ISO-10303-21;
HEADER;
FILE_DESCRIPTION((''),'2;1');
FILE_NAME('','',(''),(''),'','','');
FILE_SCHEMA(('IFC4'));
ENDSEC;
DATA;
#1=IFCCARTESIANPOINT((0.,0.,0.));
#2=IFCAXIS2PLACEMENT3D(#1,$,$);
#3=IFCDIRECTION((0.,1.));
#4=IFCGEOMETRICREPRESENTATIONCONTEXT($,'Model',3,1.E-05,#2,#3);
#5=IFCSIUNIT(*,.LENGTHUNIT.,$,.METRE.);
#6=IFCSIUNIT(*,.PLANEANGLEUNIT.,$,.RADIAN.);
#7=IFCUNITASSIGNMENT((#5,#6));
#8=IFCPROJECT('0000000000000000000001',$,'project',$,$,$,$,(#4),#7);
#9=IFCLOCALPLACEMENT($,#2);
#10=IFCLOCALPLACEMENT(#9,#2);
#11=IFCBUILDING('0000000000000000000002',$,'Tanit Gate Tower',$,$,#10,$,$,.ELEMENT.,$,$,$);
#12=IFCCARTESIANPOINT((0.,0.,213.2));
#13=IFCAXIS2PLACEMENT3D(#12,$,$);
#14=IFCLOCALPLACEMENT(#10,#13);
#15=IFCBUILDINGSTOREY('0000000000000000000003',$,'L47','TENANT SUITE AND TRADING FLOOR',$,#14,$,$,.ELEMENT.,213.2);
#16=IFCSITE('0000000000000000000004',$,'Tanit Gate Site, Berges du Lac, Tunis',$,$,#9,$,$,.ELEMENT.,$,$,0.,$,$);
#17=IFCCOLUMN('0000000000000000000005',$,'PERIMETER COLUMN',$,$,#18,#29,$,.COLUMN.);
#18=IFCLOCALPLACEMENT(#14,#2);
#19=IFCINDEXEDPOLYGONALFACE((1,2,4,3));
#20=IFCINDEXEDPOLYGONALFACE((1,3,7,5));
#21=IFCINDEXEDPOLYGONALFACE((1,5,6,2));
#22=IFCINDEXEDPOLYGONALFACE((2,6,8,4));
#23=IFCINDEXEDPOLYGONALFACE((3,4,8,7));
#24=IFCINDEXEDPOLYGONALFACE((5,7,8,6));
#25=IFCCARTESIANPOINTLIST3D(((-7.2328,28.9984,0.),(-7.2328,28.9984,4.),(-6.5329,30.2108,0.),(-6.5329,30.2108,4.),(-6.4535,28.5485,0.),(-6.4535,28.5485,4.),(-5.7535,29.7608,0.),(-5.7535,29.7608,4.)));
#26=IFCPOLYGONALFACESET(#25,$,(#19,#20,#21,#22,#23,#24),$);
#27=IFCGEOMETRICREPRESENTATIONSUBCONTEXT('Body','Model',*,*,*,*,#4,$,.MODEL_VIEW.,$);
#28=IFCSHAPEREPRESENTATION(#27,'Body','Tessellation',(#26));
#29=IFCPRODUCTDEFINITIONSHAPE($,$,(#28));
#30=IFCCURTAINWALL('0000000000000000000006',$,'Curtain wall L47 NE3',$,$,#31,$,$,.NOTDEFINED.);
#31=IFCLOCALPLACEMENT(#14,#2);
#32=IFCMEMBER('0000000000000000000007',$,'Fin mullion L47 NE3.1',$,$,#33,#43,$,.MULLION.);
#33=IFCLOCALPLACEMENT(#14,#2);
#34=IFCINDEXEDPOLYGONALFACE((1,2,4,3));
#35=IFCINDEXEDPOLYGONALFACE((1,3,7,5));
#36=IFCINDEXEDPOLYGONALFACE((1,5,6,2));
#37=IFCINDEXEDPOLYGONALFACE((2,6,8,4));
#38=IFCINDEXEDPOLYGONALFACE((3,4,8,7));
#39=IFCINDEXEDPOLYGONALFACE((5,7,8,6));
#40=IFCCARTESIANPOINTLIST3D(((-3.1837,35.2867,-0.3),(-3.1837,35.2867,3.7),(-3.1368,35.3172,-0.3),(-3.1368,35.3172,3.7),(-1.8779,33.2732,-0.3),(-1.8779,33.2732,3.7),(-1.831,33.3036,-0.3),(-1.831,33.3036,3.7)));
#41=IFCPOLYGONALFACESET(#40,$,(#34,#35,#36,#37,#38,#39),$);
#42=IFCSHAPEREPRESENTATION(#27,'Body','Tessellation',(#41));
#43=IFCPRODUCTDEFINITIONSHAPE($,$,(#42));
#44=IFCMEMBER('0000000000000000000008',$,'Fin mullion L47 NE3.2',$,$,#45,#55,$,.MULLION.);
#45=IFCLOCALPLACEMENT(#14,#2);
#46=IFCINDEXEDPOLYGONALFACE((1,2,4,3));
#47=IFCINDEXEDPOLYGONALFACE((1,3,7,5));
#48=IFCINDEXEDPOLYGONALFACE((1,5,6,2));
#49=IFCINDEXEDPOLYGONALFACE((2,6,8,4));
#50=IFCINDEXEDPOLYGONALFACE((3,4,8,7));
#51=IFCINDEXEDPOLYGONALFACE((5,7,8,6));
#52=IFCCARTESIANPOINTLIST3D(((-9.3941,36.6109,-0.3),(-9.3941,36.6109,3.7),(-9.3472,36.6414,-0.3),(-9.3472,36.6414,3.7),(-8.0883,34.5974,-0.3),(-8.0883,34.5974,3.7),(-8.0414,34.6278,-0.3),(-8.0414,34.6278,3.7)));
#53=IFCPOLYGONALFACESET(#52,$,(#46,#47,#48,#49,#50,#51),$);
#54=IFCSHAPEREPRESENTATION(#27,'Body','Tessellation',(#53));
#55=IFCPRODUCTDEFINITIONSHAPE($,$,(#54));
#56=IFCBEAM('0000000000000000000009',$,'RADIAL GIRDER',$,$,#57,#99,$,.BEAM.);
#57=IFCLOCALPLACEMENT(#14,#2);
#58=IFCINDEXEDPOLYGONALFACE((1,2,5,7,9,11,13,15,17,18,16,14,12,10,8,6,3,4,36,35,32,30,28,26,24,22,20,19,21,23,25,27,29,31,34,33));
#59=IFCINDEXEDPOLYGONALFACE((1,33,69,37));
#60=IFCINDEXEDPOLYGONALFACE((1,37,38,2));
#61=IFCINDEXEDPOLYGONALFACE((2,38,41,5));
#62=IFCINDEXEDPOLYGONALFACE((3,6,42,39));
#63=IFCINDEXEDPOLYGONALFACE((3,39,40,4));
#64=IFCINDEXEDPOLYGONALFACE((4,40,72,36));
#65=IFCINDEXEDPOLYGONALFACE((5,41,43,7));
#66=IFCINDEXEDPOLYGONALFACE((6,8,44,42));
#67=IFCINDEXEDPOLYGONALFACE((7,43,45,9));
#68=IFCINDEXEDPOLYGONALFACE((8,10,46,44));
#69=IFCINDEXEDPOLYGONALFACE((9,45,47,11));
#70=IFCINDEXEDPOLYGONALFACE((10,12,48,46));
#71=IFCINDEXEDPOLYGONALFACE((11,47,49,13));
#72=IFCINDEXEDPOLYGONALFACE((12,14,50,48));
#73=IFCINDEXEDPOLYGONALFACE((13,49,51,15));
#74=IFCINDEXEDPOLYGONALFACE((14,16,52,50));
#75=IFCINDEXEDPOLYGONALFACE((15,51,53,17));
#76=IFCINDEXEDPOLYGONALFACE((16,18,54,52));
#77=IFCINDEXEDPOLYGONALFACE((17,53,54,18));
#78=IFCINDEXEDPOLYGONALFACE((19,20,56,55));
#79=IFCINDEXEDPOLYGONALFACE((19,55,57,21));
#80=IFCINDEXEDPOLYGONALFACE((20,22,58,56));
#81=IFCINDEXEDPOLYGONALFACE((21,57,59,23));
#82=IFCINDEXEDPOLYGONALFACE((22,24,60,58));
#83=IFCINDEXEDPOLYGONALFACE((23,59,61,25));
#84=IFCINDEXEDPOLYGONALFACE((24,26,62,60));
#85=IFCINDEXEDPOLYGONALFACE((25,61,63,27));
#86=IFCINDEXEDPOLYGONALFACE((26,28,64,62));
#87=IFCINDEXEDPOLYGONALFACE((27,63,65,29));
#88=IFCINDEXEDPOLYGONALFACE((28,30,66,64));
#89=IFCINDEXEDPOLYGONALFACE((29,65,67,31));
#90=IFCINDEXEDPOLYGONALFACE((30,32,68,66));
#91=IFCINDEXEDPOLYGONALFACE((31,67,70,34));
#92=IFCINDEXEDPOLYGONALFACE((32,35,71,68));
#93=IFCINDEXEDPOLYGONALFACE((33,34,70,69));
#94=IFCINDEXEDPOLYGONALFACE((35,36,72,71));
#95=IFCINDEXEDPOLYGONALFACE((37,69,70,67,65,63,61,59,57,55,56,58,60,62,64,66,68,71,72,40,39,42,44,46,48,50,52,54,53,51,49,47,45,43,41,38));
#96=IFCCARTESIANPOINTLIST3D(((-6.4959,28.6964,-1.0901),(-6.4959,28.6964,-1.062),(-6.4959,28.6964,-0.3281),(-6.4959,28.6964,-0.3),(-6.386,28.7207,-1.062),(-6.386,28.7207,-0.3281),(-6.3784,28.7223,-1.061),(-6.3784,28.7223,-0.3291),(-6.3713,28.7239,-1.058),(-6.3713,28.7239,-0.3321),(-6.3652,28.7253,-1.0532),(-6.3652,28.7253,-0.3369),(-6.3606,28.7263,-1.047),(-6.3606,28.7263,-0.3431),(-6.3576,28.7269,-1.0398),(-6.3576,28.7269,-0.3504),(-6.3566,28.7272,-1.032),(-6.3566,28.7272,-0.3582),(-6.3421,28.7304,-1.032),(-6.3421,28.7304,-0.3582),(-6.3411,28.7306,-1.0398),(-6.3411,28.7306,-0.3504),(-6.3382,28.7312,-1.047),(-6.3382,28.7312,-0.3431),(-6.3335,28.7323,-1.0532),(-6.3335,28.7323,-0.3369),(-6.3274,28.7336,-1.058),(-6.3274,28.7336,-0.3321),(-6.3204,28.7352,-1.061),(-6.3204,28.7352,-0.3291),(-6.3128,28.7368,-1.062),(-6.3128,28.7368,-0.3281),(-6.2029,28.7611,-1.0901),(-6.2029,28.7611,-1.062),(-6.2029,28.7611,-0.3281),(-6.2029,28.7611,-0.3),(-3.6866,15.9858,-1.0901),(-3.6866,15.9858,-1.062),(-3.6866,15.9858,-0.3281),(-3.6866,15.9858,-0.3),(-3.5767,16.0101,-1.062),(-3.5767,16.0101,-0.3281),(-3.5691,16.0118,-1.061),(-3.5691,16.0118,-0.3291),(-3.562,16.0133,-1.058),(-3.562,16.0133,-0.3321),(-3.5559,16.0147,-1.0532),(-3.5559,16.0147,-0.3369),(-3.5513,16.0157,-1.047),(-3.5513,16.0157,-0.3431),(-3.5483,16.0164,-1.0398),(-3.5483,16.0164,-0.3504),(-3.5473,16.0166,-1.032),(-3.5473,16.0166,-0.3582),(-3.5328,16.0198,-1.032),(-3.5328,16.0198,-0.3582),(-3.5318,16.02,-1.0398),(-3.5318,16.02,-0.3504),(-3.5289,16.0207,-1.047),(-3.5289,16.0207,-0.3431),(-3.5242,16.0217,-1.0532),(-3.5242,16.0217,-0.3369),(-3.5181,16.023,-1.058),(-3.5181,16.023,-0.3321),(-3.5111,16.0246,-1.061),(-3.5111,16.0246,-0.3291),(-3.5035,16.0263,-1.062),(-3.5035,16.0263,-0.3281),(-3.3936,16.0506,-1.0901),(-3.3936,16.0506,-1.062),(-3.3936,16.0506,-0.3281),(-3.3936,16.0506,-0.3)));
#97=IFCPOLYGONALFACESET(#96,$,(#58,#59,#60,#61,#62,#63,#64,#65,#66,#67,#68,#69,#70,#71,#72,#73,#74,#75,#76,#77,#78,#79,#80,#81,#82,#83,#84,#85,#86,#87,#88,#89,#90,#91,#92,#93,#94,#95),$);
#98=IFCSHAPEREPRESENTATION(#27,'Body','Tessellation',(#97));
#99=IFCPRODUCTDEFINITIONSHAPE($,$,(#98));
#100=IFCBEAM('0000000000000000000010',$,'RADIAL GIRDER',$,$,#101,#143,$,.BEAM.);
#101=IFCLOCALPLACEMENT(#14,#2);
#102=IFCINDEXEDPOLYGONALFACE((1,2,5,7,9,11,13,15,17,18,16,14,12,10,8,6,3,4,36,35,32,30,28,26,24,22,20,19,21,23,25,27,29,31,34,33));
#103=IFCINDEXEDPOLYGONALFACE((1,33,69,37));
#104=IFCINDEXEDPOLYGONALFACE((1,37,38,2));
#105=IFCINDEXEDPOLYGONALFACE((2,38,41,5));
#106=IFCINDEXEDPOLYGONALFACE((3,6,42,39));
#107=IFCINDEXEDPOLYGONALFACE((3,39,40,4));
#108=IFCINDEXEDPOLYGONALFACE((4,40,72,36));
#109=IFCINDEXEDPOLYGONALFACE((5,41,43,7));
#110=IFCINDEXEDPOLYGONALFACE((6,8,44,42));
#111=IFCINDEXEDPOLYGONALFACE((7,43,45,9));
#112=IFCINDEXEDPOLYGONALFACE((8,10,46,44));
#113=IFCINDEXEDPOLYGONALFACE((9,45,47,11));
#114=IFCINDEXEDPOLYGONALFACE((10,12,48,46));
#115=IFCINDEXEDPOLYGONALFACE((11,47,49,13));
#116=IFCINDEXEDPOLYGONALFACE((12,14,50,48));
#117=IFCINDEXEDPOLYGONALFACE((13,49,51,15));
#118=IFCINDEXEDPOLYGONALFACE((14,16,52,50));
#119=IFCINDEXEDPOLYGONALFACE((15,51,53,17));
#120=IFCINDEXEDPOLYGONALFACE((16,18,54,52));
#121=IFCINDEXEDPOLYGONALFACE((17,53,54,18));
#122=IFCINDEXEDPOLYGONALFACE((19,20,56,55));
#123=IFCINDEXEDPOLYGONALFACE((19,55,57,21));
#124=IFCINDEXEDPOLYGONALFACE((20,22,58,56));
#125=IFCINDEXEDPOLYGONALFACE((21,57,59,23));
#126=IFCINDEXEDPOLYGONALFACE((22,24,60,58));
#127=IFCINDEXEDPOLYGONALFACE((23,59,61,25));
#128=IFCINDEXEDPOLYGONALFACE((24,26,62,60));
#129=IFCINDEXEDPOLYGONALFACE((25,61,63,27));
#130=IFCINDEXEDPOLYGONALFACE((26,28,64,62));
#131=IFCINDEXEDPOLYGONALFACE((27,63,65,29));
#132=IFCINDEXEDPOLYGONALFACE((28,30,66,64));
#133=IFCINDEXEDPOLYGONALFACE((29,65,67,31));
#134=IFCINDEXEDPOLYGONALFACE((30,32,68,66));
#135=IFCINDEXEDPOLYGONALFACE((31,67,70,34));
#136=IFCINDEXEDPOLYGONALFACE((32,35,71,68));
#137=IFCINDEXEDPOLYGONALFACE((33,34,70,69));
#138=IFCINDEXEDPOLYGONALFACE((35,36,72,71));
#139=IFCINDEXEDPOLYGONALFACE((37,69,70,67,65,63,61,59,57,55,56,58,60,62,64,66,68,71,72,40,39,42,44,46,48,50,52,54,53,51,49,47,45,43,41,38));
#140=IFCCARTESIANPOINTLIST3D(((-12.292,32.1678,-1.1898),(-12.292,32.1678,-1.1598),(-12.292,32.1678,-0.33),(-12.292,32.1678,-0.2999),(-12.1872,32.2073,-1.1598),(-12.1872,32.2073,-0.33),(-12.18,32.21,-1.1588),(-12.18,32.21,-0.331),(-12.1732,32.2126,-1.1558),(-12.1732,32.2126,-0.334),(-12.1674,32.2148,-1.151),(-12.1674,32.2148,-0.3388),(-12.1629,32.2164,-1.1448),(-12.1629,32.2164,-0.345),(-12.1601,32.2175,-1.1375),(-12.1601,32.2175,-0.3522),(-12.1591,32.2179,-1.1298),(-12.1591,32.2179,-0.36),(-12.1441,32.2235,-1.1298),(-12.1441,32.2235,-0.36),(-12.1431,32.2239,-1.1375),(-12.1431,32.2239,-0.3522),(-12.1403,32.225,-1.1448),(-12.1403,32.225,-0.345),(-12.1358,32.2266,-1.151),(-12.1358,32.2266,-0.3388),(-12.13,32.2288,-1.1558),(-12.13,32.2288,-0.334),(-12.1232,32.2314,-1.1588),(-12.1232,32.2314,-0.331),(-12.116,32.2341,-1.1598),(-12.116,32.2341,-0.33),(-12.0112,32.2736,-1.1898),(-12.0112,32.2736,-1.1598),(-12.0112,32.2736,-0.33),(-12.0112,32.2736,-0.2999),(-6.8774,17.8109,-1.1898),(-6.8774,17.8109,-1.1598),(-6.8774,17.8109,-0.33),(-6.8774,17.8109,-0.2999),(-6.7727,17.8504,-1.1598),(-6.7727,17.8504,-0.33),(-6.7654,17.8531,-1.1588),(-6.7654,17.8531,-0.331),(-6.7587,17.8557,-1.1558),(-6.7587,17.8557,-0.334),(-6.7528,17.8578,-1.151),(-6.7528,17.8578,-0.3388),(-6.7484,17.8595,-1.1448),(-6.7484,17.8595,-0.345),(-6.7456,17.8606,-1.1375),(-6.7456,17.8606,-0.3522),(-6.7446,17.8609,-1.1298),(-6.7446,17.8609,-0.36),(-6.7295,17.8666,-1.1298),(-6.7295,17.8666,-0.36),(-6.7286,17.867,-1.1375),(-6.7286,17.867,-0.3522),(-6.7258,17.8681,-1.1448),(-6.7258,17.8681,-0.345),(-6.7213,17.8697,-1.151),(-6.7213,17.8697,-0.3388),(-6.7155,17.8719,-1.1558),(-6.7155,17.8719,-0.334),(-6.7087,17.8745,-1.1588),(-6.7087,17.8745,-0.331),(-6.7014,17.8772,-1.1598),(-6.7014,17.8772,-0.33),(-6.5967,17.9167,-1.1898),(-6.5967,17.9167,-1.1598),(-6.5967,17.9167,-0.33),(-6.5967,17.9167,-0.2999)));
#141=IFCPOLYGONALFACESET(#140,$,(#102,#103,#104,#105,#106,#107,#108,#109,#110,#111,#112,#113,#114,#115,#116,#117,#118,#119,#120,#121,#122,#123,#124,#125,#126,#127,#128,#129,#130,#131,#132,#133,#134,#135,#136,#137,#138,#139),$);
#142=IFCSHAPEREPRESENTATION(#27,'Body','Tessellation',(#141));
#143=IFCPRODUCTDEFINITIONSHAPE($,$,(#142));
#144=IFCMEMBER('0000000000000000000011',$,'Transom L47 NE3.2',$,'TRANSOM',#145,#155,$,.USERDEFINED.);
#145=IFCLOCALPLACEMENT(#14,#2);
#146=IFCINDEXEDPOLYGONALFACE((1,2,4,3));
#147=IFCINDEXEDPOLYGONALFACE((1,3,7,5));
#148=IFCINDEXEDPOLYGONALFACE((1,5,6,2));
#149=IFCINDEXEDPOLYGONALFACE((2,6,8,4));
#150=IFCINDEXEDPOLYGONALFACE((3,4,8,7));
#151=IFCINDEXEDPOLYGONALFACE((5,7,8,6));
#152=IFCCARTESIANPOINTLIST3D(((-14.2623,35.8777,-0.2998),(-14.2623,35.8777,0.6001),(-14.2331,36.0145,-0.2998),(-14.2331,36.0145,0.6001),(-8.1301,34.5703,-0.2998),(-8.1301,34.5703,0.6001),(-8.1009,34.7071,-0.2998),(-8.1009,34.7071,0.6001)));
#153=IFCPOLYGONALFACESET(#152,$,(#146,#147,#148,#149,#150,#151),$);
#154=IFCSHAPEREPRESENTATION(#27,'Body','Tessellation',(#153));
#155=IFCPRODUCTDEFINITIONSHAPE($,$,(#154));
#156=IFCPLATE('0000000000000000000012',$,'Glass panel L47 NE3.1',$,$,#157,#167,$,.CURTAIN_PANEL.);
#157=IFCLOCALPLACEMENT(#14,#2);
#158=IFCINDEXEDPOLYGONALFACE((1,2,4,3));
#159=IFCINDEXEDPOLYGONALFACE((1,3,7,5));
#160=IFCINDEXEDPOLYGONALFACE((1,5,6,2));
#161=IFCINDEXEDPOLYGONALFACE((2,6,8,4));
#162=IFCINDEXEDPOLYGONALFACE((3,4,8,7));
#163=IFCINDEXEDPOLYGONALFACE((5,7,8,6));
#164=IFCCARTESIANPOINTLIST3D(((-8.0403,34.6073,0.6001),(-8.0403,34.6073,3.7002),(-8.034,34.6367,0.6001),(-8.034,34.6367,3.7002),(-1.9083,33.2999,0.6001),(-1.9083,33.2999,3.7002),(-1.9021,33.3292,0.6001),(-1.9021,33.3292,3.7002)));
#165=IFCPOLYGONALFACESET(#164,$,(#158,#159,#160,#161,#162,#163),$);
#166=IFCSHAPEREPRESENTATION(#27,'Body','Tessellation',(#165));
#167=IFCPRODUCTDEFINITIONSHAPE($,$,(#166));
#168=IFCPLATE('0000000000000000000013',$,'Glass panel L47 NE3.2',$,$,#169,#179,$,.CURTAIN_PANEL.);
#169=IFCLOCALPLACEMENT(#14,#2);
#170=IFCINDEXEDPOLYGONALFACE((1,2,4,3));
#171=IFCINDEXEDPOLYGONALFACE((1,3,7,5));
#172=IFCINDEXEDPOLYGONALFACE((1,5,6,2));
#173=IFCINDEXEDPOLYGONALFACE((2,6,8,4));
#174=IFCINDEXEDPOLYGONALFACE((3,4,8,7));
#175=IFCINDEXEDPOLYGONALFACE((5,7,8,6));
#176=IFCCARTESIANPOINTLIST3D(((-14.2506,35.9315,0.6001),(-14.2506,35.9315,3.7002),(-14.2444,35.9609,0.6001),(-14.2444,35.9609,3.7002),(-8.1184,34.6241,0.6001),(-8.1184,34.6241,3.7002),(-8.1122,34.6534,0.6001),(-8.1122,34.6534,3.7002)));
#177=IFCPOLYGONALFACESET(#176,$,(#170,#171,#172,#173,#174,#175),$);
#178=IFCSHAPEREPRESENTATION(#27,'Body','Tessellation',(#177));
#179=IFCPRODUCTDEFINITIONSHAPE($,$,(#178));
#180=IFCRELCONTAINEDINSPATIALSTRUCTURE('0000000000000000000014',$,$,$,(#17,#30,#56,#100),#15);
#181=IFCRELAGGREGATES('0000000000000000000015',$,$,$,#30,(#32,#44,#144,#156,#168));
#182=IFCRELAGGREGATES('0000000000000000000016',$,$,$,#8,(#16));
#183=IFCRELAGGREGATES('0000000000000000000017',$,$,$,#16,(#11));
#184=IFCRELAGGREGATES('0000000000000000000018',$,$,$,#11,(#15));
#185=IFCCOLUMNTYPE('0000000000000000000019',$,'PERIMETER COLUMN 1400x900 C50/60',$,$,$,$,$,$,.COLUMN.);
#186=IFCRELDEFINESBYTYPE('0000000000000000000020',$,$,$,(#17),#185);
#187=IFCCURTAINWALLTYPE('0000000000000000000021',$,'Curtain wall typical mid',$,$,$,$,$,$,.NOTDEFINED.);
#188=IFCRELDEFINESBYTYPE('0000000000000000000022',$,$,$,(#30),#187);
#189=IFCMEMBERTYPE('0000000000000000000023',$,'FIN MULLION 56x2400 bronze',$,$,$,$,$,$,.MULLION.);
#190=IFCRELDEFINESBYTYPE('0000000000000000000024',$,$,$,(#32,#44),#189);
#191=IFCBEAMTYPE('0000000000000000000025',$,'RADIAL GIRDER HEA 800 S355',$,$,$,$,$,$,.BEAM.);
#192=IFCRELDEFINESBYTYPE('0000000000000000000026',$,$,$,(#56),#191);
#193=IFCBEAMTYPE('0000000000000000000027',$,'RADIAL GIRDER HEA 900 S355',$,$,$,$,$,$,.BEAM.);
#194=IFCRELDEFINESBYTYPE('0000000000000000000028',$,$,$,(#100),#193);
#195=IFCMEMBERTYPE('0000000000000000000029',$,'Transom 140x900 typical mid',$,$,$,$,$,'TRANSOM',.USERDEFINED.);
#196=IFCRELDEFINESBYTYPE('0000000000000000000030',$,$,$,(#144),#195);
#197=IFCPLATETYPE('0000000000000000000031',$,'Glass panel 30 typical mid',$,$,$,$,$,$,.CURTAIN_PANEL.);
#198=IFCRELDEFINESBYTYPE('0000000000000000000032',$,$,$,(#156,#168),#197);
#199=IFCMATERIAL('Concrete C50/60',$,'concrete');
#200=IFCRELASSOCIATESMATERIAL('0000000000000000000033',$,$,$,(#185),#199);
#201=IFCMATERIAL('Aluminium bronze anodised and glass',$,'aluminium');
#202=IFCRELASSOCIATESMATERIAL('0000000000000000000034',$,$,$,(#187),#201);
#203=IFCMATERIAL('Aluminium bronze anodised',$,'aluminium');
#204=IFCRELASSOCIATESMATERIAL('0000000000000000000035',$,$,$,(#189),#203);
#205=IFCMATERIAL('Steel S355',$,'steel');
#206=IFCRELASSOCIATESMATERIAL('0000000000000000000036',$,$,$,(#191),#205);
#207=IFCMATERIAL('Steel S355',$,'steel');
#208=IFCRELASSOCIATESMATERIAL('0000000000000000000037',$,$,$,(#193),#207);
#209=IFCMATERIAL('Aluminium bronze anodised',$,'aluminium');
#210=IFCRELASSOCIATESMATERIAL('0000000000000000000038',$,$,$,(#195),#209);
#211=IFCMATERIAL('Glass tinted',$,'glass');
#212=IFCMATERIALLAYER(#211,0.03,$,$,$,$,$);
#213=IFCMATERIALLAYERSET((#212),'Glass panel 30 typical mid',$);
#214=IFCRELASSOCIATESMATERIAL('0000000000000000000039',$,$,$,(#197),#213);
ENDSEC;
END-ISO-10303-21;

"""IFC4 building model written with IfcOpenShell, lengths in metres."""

from ifc_helpers import new_model, si_unit, direction, frame, origin, origin_2d, place, context, subcontext, project, spatial, rectangle, i_section, extrude, material, layer, layer_set, material_profile, profile_set, type_object, element, aggregate, save


model = new_model("IFC4")

# Units and contexts
model_context = context("Model", 3, precision=1e-05, world=origin(), true_north=direction((0.0, 1.0)))
body_context = subcontext(model_context, "Body", "Model", "MODEL_VIEW")
ifc_project = project(units=[si_unit("LENGTHUNIT", "METRE"), si_unit("PLANEANGLEUNIT", "RADIAN")], contexts=[model_context])

# Site, building, storey
site_placement = place(None, origin())
site = spatial("IfcSite", under=ifc_project, at=site_placement, Name="Tanit Gate Site, Berges du Lac, Tunis", CompositionType="ELEMENT", RefElevation=0.0)
building_placement = place(site_placement, origin())
building = spatial("IfcBuilding", under=site, at=building_placement, Name="Tanit Gate Tower", CompositionType="ELEMENT")
storey_placement = place(building_placement, frame((0.0, 0.0, 213.2)))
storey = spatial("IfcBuildingStorey", under=building, at=storey_placement, Name="L47", Description="TENANT SUITE AND TRADING FLOOR", CompositionType="ELEMENT", Elevation=213.2)

# Column
ifc_material_1 = material(Name="Concrete C50/60", Category="concrete")
ifc_material_profile_1 = material_profile(ifc_material_1, rectangle(XDim=1.3999, YDim=0.8999, at=origin_2d()), Name="RC 1400x900")
ifc_profile_set_1 = profile_set([ifc_material_profile_1], Name="Concrete C50/60")
column_type = type_object("IfcColumnType", Name="PERIMETER COLUMN 1400x900 C50/60", PredefinedType="COLUMN", material=ifc_profile_set_1)
column_placement = place(storey_placement, frame((-6.4932, 29.3796, 0.0), z_axis=(0.0, 0.0, 1.0), x_axis=(0.5, 0.866025, 0.0)))
element("IfcColumn", 1, at=column_placement, inside=storey, type_object=column_type, Name="PERIMETER COLUMN", PredefinedType="COLUMN", context=body_context, shape_type="SweptSolid", body=[
    extrude(rectangle(XDim=1.3999, YDim=0.8999, at=origin_2d()), origin(), (0.0, 0.0, 1.0), 4.0),
])

# Curtain wall, members
ifc_material_2 = material(Name="Aluminium bronze anodised and glass", Category="aluminium")
curtain_wall_type = type_object("IfcCurtainWallType", Name="Curtain wall typical mid", PredefinedType="NOTDEFINED", material=ifc_material_2)
curtain_wall_placement = place(storey_placement, origin())
curtain_wall = element("IfcCurtainWall", 2, at=curtain_wall_placement, inside=storey, type_object=curtain_wall_type, Name="Curtain wall L47 NE3", PredefinedType="NOTDEFINED")
ifc_material_3 = material(Name="Aluminium bronze anodised", Category="aluminium")
ifc_material_profile_2 = material_profile(ifc_material_3, rectangle(XDim=2.3999, YDim=0.0559, at=origin_2d()), Name="56x2400 bronze fin mullion")
ifc_profile_set_2 = profile_set([ifc_material_profile_2], Name="Aluminium bronze anodised")
member_type_1 = type_object("IfcMemberType", Name="FIN MULLION 56x2400 bronze", PredefinedType="MULLION", material=ifc_profile_set_2)
member_1_placement = place(storey_placement, frame((-2.5073, 34.2952, -0.3), z_axis=(0.0, 0.0, 1.0), x_axis=(0.544112, -0.839013, 0.0)))
member_1 = element("IfcMember", 3, at=member_1_placement, type_object=member_type_1, Name="Fin mullion L47 NE3.1", PredefinedType="MULLION", context=body_context, shape_type="SweptSolid", body=[
    extrude(rectangle(XDim=2.3999, YDim=0.0559, at=origin_2d()), origin(), (0.0, 0.0, 1.0), 4.0),
])
member_2_placement = place(storey_placement, frame((-8.7178, 35.6194, -0.3), z_axis=(0.0, 0.0, 1.0), x_axis=(0.544112, -0.839013, 0.0)))
member_2 = element("IfcMember", 4, at=member_2_placement, type_object=member_type_1, Name="Fin mullion L47 NE3.2", PredefinedType="MULLION", context=body_context, shape_type="SweptSolid", body=[
    extrude(rectangle(XDim=2.3999, YDim=0.0559, at=origin_2d()), origin(), (0.0, 0.0, 1.0), 4.0),
])

# Beams
ifc_material_4 = material(Name="Steel S355", Category="steel")
ifc_material_profile_3 = material_profile(ifc_material_4, i_section(OverallWidth=0.3, OverallDepth=0.79, WebThickness=0.0149, FlangeThickness=0.0281, FilletRadius=0.03, at=origin_2d()), Name="HEA 800")
ifc_profile_set_3 = profile_set([ifc_material_profile_3], Name="Steel S355")
beam_type_1 = type_object("IfcBeamType", Name="RADIAL GIRDER HEA 800 S355", PredefinedType="BEAM", material=ifc_profile_set_3)
beam_1_placement = place(storey_placement, frame((-6.3494, 28.7288, -0.6951), z_axis=(0.215812, -0.976435, 0.0), x_axis=(0.976435, 0.215812, 0.0)))
element("IfcBeam", 5, at=beam_1_placement, inside=storey, type_object=beam_type_1, Name="RADIAL GIRDER", PredefinedType="BEAM", context=body_context, shape_type="SweptSolid", body=[
    extrude(i_section(OverallWidth=0.3, OverallDepth=0.79, WebThickness=0.0149, FlangeThickness=0.0281, FilletRadius=0.03, at=origin_2d()), origin(), (0.0, 0.0, 1.0), 13.0173),
])
ifc_material_5 = material(Name="Steel S355", Category="steel")
ifc_material_profile_4 = material_profile(ifc_material_5, i_section(OverallWidth=0.3, OverallDepth=0.8899, WebThickness=0.0161, FlangeThickness=0.03, FilletRadius=0.03, at=origin_2d()), Name="HEA 900")
ifc_profile_set_4 = profile_set([ifc_material_profile_4], Name="Steel S355")
beam_type_2 = type_object("IfcBeamType", Name="RADIAL GIRDER HEA 900 S355", PredefinedType="BEAM", material=ifc_profile_set_4)
beam_2_placement = place(storey_placement, frame((-12.1516, 32.2207, -0.7449), z_axis=(0.352877, -0.93567, 0.0), x_axis=(0.93567, 0.352877, 0.0)))
element("IfcBeam", 6, at=beam_2_placement, inside=storey, type_object=beam_type_2, Name="RADIAL GIRDER", PredefinedType="BEAM", context=body_context, shape_type="SweptSolid", body=[
    extrude(i_section(OverallWidth=0.3, OverallDepth=0.8899, WebThickness=0.0161, FlangeThickness=0.03, FilletRadius=0.03, at=origin_2d()), origin(), (0.0, 0.0, 1.0), 15.344),
])

# Member
ifc_material_6 = material(Name="Aluminium bronze anodised", Category="aluminium")
ifc_material_profile_5 = material_profile(ifc_material_6, rectangle(XDim=0.1399, YDim=0.8999, at=origin_2d()), Name="140x900 bronze transom")
ifc_profile_set_5 = profile_set([ifc_material_profile_5], Name="Aluminium bronze anodised")
member_type_2 = type_object("IfcMemberType", Name="Transom 140x900 typical mid", ElementType="TRANSOM", PredefinedType="USERDEFINED", material=ifc_profile_set_5)
member_3_placement = place(storey_placement, frame((-8.1155, 34.6387, 0.1501), z_axis=(-0.978019, 0.208516, 0.0), x_axis=(-0.208516, -0.978019, 0.0)))
member_3 = element("IfcMember", 7, at=member_3_placement, type_object=member_type_2, Name="Transom L47 NE3.2", ObjectType="TRANSOM", PredefinedType="USERDEFINED", context=body_context, shape_type="SweptSolid", body=[
    extrude(rectangle(XDim=0.1399, YDim=0.8999, at=origin_2d()), origin(), (0.0, 0.0, 1.0), 6.27),
])

# Plates
ifc_material_7 = material(Name="Glass tinted", Category="glass")
ifc_layer_1 = layer(ifc_material_7, 0.03)
ifc_layer_set_1 = layer_set([ifc_layer_1], Name="Glass panel 30 typical mid")
plate_type = type_object("IfcPlateType", Name="Glass panel 30 typical mid", PredefinedType="CURTAIN_PANEL", material=ifc_layer_set_1)
plate_1_placement = place(storey_placement, frame((-4.9712, 33.9683, 0.6001), z_axis=(0.0, 0.0, 1.0), x_axis=(-0.978017, 0.208527, 0.0)))
plate_1 = element("IfcPlate", 8, at=plate_1_placement, type_object=plate_type, Name="Glass panel L47 NE3.1", PredefinedType="CURTAIN_PANEL", context=body_context, shape_type="SweptSolid", body=[
    extrude(rectangle(XDim=6.2698, YDim=0.03, at=origin_2d()), origin(), (0.0, 0.0, 1.0), 3.1001),
])
plate_2_placement = place(storey_placement, frame((-11.1814, 35.2925, 0.6001), z_axis=(0.0, 0.0, 1.0), x_axis=(-0.978017, 0.208527, 0.0)))
plate_2 = element("IfcPlate", 9, at=plate_2_placement, type_object=plate_type, Name="Glass panel L47 NE3.2", PredefinedType="CURTAIN_PANEL", context=body_context, shape_type="SweptSolid", body=[
    extrude(rectangle(XDim=6.27, YDim=0.03, at=origin_2d()), origin(), (0.0, 0.0, 1.0), 3.1001),
])
aggregate(curtain_wall, [member_1, member_2, member_3, plate_1, plate_2])

save(model, "model.ifc")
